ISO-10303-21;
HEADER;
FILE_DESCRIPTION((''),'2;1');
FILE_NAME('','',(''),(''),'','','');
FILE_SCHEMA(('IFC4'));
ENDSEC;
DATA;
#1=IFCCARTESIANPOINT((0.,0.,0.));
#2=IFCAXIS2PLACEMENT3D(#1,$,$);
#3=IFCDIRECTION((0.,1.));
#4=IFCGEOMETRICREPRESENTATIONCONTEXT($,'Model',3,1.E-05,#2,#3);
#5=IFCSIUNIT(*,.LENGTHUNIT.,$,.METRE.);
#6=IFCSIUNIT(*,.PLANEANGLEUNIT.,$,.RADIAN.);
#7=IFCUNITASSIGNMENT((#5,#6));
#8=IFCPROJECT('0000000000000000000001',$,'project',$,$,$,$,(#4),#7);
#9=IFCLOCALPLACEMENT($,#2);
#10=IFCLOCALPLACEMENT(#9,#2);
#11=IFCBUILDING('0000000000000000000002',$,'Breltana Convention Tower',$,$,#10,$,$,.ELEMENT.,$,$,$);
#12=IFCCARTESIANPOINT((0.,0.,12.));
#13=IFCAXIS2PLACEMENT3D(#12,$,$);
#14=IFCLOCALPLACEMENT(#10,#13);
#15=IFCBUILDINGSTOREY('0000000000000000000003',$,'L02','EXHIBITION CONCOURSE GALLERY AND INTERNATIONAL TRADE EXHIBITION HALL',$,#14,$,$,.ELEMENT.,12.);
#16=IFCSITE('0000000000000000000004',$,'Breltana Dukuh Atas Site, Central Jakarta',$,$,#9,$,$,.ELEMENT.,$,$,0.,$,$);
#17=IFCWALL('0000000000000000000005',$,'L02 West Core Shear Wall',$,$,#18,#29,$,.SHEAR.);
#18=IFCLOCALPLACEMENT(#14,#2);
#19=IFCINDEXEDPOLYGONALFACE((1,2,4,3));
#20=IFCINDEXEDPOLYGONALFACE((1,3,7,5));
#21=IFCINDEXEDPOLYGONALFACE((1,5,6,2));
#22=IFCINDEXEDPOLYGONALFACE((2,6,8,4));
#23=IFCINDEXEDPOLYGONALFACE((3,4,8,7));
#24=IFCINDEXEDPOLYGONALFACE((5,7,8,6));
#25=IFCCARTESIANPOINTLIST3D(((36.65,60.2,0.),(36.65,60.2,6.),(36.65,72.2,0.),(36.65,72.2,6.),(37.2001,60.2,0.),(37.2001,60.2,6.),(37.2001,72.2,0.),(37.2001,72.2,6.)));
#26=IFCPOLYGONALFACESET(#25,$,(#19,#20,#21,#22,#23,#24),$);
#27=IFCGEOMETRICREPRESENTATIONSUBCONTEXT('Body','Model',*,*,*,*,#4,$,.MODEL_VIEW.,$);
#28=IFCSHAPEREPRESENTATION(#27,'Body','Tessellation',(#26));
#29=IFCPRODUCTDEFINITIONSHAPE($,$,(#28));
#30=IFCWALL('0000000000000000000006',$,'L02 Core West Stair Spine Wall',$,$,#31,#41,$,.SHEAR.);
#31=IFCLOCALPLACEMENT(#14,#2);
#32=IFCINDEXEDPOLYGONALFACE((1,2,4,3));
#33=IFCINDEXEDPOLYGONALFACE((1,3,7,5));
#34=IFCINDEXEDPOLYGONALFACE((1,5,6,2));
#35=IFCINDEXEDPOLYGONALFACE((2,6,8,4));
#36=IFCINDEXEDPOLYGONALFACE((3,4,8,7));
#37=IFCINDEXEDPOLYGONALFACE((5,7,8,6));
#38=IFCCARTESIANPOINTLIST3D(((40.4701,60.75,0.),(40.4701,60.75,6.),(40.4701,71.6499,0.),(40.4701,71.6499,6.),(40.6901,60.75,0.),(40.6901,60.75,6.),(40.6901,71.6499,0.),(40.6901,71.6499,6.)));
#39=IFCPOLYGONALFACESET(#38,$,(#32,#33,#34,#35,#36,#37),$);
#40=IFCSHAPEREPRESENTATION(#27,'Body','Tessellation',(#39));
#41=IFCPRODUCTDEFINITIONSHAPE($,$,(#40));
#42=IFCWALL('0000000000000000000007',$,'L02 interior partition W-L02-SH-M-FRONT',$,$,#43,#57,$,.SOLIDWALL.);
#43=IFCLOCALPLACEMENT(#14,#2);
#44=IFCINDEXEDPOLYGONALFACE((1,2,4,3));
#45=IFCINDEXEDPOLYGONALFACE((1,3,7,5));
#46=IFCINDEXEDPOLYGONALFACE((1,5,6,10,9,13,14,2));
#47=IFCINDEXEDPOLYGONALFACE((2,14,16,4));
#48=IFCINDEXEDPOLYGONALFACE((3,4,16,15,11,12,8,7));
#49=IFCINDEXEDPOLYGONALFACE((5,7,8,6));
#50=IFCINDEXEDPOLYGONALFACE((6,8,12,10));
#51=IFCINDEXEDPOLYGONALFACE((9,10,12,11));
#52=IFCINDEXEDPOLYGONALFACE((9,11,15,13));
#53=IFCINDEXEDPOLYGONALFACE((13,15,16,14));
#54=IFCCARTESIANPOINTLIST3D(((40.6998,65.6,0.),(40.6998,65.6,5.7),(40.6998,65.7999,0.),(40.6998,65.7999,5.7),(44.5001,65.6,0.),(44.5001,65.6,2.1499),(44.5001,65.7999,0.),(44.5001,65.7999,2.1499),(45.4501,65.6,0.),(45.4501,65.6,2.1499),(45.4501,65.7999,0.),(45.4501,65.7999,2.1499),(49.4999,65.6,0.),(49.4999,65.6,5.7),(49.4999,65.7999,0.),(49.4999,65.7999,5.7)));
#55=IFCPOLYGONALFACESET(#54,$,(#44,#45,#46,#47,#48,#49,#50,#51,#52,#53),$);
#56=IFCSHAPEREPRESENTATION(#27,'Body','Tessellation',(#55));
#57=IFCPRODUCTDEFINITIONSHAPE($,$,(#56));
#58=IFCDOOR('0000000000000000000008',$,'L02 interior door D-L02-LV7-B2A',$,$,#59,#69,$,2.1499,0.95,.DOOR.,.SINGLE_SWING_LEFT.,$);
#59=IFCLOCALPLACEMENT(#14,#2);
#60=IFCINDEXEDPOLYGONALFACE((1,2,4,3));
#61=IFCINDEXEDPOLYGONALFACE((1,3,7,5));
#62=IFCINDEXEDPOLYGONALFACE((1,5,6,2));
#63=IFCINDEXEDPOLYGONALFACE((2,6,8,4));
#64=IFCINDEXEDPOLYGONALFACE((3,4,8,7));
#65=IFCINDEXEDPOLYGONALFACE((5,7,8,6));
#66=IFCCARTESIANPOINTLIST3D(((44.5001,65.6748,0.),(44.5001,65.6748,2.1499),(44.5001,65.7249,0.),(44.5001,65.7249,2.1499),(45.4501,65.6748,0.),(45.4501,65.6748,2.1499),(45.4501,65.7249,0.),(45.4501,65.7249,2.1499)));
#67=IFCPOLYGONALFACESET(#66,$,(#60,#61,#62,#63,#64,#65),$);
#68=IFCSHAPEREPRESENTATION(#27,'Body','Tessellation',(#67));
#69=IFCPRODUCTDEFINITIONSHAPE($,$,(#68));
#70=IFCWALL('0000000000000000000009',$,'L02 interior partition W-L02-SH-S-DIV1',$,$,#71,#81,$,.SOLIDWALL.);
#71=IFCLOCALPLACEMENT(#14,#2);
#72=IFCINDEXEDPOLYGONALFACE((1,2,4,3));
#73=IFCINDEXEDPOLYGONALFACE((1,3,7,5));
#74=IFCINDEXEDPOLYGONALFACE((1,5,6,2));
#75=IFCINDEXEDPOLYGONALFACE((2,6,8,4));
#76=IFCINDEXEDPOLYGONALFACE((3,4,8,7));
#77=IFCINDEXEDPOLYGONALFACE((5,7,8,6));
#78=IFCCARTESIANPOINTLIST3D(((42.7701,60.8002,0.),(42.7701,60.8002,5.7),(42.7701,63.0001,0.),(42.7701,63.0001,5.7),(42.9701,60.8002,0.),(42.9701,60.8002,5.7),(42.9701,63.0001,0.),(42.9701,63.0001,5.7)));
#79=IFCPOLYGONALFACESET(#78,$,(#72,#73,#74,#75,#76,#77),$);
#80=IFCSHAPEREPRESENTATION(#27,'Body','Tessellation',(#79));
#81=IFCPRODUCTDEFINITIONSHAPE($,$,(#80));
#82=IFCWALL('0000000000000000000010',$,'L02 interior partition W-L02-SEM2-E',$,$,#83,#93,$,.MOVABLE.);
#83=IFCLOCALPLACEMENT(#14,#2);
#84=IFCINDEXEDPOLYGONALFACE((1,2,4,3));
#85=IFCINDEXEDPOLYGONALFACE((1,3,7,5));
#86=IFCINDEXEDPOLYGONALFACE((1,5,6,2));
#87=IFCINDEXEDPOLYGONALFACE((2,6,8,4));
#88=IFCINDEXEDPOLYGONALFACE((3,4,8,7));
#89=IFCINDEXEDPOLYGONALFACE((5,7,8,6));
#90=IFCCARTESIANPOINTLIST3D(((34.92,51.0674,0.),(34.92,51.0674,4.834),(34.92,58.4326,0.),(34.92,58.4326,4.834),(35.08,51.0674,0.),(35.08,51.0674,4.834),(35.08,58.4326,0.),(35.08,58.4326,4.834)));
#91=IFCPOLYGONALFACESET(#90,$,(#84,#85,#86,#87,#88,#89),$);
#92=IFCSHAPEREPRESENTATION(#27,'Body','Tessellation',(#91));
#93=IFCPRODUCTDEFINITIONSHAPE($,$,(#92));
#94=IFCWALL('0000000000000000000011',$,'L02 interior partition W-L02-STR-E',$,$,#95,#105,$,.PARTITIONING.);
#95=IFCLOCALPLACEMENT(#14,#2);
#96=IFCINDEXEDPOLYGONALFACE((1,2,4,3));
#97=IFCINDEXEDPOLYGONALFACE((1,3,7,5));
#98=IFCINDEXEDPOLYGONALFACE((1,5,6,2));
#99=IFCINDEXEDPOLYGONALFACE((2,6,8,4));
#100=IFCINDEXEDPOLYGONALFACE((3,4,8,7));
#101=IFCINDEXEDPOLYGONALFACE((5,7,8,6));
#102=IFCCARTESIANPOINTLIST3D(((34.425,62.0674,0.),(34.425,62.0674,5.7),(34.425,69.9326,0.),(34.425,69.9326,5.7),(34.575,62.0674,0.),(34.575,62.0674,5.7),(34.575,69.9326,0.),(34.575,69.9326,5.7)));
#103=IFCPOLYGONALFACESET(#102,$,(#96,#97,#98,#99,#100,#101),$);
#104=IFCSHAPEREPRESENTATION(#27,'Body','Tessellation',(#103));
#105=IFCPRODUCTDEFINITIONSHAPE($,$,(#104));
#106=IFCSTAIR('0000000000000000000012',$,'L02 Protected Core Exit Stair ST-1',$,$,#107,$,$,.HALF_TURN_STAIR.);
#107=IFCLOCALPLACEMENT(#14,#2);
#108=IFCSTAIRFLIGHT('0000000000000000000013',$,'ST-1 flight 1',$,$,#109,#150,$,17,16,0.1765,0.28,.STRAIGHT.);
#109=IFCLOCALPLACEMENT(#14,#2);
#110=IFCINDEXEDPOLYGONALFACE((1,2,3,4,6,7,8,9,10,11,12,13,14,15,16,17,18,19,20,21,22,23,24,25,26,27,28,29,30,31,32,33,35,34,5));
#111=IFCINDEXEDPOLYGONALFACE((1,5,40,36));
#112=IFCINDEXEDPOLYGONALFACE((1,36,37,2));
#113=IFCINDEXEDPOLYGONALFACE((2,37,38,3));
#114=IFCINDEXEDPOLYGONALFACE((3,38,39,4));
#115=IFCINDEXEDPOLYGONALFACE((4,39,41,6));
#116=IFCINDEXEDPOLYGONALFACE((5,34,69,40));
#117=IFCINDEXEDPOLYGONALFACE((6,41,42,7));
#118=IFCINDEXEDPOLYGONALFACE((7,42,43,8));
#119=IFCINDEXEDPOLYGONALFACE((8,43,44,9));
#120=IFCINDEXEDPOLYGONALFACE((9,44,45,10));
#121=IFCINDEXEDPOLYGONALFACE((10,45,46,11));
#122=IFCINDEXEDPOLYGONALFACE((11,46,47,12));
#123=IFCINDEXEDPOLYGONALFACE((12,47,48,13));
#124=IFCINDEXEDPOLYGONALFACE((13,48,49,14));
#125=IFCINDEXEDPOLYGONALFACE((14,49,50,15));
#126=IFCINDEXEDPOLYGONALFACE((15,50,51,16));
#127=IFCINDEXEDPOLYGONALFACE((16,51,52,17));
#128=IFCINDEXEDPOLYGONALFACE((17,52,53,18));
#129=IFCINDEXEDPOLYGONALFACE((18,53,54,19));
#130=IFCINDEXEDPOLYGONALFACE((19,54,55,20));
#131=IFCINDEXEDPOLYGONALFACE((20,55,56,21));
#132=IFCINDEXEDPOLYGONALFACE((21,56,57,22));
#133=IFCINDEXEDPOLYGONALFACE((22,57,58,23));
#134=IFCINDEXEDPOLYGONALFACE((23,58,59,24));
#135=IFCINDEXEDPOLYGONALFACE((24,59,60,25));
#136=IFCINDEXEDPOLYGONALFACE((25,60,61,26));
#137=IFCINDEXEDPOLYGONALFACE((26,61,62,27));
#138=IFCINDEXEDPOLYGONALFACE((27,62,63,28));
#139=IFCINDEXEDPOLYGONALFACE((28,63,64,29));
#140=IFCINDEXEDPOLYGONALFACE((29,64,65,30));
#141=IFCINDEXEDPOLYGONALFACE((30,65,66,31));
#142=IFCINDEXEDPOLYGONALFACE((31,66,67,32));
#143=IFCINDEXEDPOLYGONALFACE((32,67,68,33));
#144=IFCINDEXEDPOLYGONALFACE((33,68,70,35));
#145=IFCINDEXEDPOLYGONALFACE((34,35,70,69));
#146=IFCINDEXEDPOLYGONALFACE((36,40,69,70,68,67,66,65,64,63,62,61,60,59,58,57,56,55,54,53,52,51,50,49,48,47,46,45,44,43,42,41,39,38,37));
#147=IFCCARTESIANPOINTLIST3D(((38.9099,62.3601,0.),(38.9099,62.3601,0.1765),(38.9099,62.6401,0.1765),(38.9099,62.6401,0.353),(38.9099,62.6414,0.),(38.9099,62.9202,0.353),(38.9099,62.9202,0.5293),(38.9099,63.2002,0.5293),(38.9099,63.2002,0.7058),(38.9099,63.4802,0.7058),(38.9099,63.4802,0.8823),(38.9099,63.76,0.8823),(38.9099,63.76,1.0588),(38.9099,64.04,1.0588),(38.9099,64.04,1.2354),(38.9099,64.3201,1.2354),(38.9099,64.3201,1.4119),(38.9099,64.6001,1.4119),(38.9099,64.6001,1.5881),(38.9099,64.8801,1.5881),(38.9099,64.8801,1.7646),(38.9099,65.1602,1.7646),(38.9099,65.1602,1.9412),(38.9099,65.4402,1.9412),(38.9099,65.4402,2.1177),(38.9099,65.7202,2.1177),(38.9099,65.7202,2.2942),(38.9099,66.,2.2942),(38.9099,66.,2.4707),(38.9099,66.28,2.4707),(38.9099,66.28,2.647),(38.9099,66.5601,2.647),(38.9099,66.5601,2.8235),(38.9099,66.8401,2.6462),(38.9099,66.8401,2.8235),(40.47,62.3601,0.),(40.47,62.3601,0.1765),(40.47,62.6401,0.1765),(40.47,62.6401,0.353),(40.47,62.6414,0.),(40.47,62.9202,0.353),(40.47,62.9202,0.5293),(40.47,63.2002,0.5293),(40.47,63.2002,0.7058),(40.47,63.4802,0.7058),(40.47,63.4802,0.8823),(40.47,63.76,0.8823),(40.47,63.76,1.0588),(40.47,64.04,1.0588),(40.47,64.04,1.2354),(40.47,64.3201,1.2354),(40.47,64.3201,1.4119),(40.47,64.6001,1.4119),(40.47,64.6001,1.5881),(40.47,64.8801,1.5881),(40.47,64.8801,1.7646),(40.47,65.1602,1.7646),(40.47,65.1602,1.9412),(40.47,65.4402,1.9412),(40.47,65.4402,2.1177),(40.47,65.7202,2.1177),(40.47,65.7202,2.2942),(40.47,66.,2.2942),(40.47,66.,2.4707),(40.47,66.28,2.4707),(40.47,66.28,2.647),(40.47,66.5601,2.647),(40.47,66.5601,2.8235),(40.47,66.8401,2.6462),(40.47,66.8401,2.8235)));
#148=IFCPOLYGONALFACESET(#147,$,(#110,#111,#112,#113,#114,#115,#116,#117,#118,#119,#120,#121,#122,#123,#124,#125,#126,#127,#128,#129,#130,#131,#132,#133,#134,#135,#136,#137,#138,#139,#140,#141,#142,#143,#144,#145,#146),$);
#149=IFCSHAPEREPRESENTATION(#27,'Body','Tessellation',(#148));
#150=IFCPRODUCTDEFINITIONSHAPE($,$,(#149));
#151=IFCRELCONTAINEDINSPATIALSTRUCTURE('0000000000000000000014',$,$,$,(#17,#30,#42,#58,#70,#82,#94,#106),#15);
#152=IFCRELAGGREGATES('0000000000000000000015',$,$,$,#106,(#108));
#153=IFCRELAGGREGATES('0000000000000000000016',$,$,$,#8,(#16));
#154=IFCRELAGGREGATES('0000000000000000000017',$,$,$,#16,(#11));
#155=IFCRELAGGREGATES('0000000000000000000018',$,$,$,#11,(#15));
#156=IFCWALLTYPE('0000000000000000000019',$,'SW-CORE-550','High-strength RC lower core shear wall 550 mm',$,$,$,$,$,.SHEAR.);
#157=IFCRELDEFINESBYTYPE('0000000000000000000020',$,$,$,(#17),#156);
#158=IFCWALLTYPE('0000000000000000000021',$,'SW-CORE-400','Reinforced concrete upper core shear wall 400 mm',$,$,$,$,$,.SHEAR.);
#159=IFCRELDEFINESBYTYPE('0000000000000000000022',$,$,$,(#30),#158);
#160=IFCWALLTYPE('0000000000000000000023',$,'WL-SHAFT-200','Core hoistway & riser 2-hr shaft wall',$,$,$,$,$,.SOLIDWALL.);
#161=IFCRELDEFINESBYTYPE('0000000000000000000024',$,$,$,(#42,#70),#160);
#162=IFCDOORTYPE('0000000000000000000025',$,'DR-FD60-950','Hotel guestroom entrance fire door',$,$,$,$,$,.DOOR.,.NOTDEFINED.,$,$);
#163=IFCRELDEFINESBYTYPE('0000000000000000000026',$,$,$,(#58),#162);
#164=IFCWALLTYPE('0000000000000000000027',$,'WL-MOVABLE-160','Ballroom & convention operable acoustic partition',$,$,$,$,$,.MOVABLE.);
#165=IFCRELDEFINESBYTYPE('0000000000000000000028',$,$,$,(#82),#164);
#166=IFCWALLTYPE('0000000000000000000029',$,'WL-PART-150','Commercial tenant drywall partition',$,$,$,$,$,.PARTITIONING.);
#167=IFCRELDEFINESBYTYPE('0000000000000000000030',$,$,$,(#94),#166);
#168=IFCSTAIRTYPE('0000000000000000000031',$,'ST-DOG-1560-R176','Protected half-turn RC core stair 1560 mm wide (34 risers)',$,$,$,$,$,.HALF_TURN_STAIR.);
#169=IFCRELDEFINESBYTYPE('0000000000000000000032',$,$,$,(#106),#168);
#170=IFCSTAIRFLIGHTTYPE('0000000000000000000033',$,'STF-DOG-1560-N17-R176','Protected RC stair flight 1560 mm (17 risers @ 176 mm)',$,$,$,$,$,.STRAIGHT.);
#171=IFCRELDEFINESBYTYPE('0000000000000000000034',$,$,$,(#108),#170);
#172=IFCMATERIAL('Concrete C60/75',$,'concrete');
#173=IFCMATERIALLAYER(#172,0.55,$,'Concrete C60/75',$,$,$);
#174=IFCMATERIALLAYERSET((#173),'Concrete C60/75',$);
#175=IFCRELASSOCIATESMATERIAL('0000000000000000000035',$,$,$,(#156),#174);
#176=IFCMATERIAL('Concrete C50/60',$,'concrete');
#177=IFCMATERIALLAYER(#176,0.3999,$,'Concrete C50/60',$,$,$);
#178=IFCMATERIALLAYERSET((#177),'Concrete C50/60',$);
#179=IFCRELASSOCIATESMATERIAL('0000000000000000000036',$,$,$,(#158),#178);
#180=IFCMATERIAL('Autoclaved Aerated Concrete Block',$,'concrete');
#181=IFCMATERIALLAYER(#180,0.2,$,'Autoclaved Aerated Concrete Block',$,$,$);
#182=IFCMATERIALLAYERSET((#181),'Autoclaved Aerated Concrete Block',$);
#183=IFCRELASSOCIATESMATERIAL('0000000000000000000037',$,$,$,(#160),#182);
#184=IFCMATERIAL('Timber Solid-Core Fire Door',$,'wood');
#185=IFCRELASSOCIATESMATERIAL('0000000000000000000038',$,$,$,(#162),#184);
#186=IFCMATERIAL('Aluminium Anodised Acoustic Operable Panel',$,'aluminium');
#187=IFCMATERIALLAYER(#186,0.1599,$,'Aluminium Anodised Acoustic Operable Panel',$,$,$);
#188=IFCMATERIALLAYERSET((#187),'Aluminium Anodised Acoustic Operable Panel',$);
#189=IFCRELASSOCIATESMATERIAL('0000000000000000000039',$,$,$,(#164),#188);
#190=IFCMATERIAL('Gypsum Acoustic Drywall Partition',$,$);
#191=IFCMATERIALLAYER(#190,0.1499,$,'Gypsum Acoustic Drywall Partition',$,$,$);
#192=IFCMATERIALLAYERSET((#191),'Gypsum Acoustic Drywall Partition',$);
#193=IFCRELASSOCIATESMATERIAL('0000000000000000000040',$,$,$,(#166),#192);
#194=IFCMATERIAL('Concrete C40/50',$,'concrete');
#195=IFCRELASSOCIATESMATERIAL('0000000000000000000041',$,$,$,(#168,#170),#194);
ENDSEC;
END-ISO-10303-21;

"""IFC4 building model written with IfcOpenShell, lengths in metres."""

from ifc_helpers import new_model, si_unit, direction, frame, frame_2d, origin, place, context, subcontext, project, spatial, polyline, rectangle, outline, extrude, source, transform, mapped, material, layer, layer_set, type_object, type_shapes, element, fill, aggregate, save


model = new_model("IFC4")

# Units and contexts
model_context = context("Model", 3, precision=1e-05, world=origin(), true_north=direction((0.0, 1.0)))
body_context = subcontext(model_context, "Body", "Model", "MODEL_VIEW")
ifc_project = project(units=[si_unit("LENGTHUNIT", "METRE"), si_unit("PLANEANGLEUNIT", "RADIAN")], contexts=[model_context])

# Site, building, storey
site_placement = place(None, origin())
site = spatial("IfcSite", under=ifc_project, at=site_placement, Name="Breltana Dukuh Atas Site, Central Jakarta", CompositionType="ELEMENT", RefElevation=0.0)
building_placement = place(site_placement, origin())
building = spatial("IfcBuilding", under=site, at=building_placement, Name="Breltana Convention Tower", CompositionType="ELEMENT")
storey_placement = place(building_placement, frame((0.0, 0.0, 12.0)))
storey = spatial("IfcBuildingStorey", under=building, at=storey_placement, Name="L02", Description="EXHIBITION CONCOURSE GALLERY AND INTERNATIONAL TRADE EXHIBITION HALL", CompositionType="ELEMENT", Elevation=12.0)

# Wall
ifc_material_1 = material(Name="Concrete C60/75", Category="concrete")
ifc_layer_1 = layer(ifc_material_1, 0.55, Name="Concrete C60/75")
ifc_layer_set_1 = layer_set([ifc_layer_1], Name="Concrete C60/75")
wall_type_1 = type_object("IfcWallType", Name="SW-CORE-550", Description="High-strength RC lower core shear wall 550 mm", PredefinedType="SHEAR", material=ifc_layer_set_1)
shared_shape_1 = source(origin(), body_context, "Body", "SweptSolid", [
    extrude(rectangle(XDim=12.0, YDim=0.55, at=frame_2d((6.0, 0.0))), origin(), (0.0, 0.0, 1.0), 6.0),
])
wall_1_placement = place(storey_placement, frame((36.925, 60.2, 0.0), z_axis=(0.0, 0.0, 1.0), x_axis=(0.0, 1.0, 0.0)))
element("IfcWall", 1, at=wall_1_placement, inside=storey, type_object=wall_type_1, Name="L02 West Core Shear Wall", PredefinedType="SHEAR", context=body_context, shape_type="MappedRepresentation", body=[
    mapped(shared_shape_1, transform((0.0, 0.0, 0.0), scale=1.0)),
])

# Wall
ifc_material_2 = material(Name="Concrete C50/60", Category="concrete")
ifc_layer_2 = layer(ifc_material_2, 0.3999, Name="Concrete C50/60")
ifc_layer_set_2 = layer_set([ifc_layer_2], Name="Concrete C50/60")
wall_type_2 = type_object("IfcWallType", Name="SW-CORE-400", Description="Reinforced concrete upper core shear wall 400 mm", PredefinedType="SHEAR", material=ifc_layer_set_2)
shared_shape_2 = source(origin(), body_context, "Body", "SweptSolid", [
    extrude(rectangle(XDim=10.8999, YDim=0.22, at=frame_2d((5.45, 0.0))), origin(), (0.0, 0.0, 1.0), 6.0),
])
wall_2_placement = place(storey_placement, frame((40.5801, 60.75, 0.0), z_axis=(0.0, 0.0, 1.0), x_axis=(0.0, 1.0, 0.0)))
element("IfcWall", 2, at=wall_2_placement, inside=storey, type_object=wall_type_2, Name="L02 Core West Stair Spine Wall", PredefinedType="SHEAR", context=body_context, shape_type="MappedRepresentation", body=[
    mapped(shared_shape_2, transform((0.0, 0.0, 0.0), scale=1.0)),
])

# Wall, opening, door
ifc_material_3 = material(Name="Autoclaved Aerated Concrete Block", Category="concrete")
ifc_layer_3 = layer(ifc_material_3, 0.2, Name="Autoclaved Aerated Concrete Block")
ifc_layer_set_3 = layer_set([ifc_layer_3], Name="Autoclaved Aerated Concrete Block")
wall_type_3 = type_object("IfcWallType", Name="WL-SHAFT-200", Description="Core hoistway & riser 2-hr shaft wall", PredefinedType="SOLIDWALL", material=ifc_layer_set_3)
shared_shape_3 = source(origin(), body_context, "Body", "SweptSolid", [
    extrude(rectangle(XDim=8.8, YDim=0.2, at=frame_2d((4.3999, 0.0))), origin(), (0.0, 0.0, 1.0), 5.7),
])
wall_3_placement = place(storey_placement, frame((40.7, 65.7, 0.0), z_axis=(0.0, 0.0, 1.0), x_axis=(1.0, 0.0, 0.0)))
wall_3 = element("IfcWall", 3, at=wall_3_placement, inside=storey, type_object=wall_type_3, Name="L02 interior partition W-L02-SH-M-FRONT", PredefinedType="SOLIDWALL", context=body_context, shape_type="MappedRepresentation", body=[
    mapped(shared_shape_3, transform((0.0, 0.0, 0.0), scale=1.0)),
])
opening_1_placement = place(wall_3_placement, frame((3.8, 0.0, 0.0)))
opening_1 = element("IfcOpeningElement", 4, at=opening_1_placement, cuts=wall_3, PredefinedType="OPENING", context=body_context, shape_type="SweptSolid", body=[
    extrude(rectangle(XDim=0.95, YDim=2.1499, at=frame_2d((0.4751, 1.075))), frame((0.0, 0.1099, 0.0), z_axis=(0.0, -1.0, 0.0), x_axis=(1.0, 0.0, 0.0)), (0.0, 0.0, 1.0), 0.22),
])
ifc_material_4 = material(Name="Timber Solid-Core Fire Door", Category="wood")
door_type_1 = type_object("IfcDoorType", Name="DR-FD60-950", Description="Hotel guestroom entrance fire door", OperationType="NOTDEFINED", PredefinedType="DOOR", material=ifc_material_4)
shared_shape_4 = source(origin(), body_context, "Body", "SweptSolid", [
    extrude(rectangle(XDim=0.95, YDim=2.1499, at=frame_2d((0.4751, 1.075))), frame((0.0, 0.0249, 0.0), z_axis=(0.0, -1.0, 0.0), x_axis=(1.0, 0.0, 0.0)), (0.0, 0.0, 1.0), 0.05),
])
type_shapes(door_type_1, [shared_shape_4])
door_1_placement = place(opening_1_placement, origin())
door_1 = element("IfcDoor", 5, at=door_1_placement, inside=storey, type_object=door_type_1, Name="L02 interior door D-L02-LV7-B2A", OperationType="SINGLE_SWING_LEFT", OverallHeight=2.1499, OverallWidth=0.95, PredefinedType="DOOR", context=body_context, shape_type="MappedRepresentation", body=[
    mapped(shared_shape_4, transform((0.0, 0.0, 0.0), scale=1.0)),
])
fill(opening_1, door_1)

# Walls
shared_shape_5 = source(origin(), body_context, "Body", "SweptSolid", [
    extrude(rectangle(XDim=2.2, YDim=0.2, at=frame_2d((1.1001, 0.0))), origin(), (0.0, 0.0, 1.0), 5.7),
])
wall_4_placement = place(storey_placement, frame((42.8701, 60.8, 0.0), z_axis=(0.0, 0.0, 1.0), x_axis=(0.0, 1.0, 0.0)))
element("IfcWall", 6, at=wall_4_placement, inside=storey, type_object=wall_type_3, Name="L02 interior partition W-L02-SH-S-DIV1", PredefinedType="SOLIDWALL", context=body_context, shape_type="MappedRepresentation", body=[
    mapped(shared_shape_5, transform((0.0, 0.0, 0.0), scale=1.0)),
])
ifc_material_5 = material(Name="Aluminium Anodised Acoustic Operable Panel", Category="aluminium")
ifc_layer_4 = layer(ifc_material_5, 0.1599, Name="Aluminium Anodised Acoustic Operable Panel")
ifc_layer_set_4 = layer_set([ifc_layer_4], Name="Aluminium Anodised Acoustic Operable Panel")
wall_type_4 = type_object("IfcWallType", Name="WL-MOVABLE-160", Description="Ballroom & convention operable acoustic partition", PredefinedType="MOVABLE", material=ifc_layer_set_4)
shared_shape_6 = source(origin(), body_context, "Body", "SweptSolid", [
    extrude(rectangle(XDim=7.3652, YDim=0.1599, at=frame_2d((3.6826, 0.0))), origin(), (0.0, 0.0, 1.0), 4.834),
])
wall_5_placement = place(storey_placement, frame((35.0, 51.0674, 0.0), z_axis=(0.0, 0.0, 1.0), x_axis=(0.0, 1.0, 0.0)))
element("IfcWall", 7, at=wall_5_placement, inside=storey, type_object=wall_type_4, Name="L02 interior partition W-L02-SEM2-E", PredefinedType="MOVABLE", context=body_context, shape_type="MappedRepresentation", body=[
    mapped(shared_shape_6, transform((0.0, 0.0, 0.0), scale=1.0)),
])
ifc_material_6 = material(Name="Gypsum Acoustic Drywall Partition")
ifc_layer_5 = layer(ifc_material_6, 0.1499, Name="Gypsum Acoustic Drywall Partition")
ifc_layer_set_5 = layer_set([ifc_layer_5], Name="Gypsum Acoustic Drywall Partition")
wall_type_5 = type_object("IfcWallType", Name="WL-PART-150", Description="Commercial tenant drywall partition", PredefinedType="PARTITIONING", material=ifc_layer_set_5)
shared_shape_7 = source(origin(), body_context, "Body", "SweptSolid", [
    extrude(rectangle(XDim=7.8652, YDim=0.1499, at=frame_2d((3.9326, 0.0))), origin(), (0.0, 0.0, 1.0), 5.7),
])
wall_6_placement = place(storey_placement, frame((34.5, 62.0674, 0.0), z_axis=(0.0, 0.0, 1.0), x_axis=(0.0, 1.0, 0.0)))
element("IfcWall", 8, at=wall_6_placement, inside=storey, type_object=wall_type_5, Name="L02 interior partition W-L02-STR-E", PredefinedType="PARTITIONING", context=body_context, shape_type="MappedRepresentation", body=[
    mapped(shared_shape_7, transform((0.0, 0.0, 0.0), scale=1.0)),
])

# Stair, stair flight
ifc_material_7 = material(Name="Concrete C40/50", Category="concrete")
stair_type = type_object("IfcStairType", Name="ST-DOG-1560-R176", Description="Protected half-turn RC core stair 1560 mm wide (34 risers)", PredefinedType="HALF_TURN_STAIR", material=ifc_material_7)
stair_placement = place(storey_placement, origin())
stair = element("IfcStair", 9, at=stair_placement, inside=storey, type_object=stair_type, Name="L02 Protected Core Exit Stair ST-1", PredefinedType="HALF_TURN_STAIR")
stair_flight_type = type_object("IfcStairFlightType", Name="STF-DOG-1560-N17-R176", Description="Protected RC stair flight 1560 mm (17 risers @ 176 mm)", PredefinedType="STRAIGHT", material=ifc_material_7)
stair_flight_placement = place(storey_placement, frame((39.6899, 62.3601, 0.0), z_axis=(0.0, 0.0, 1.0), x_axis=(0.0, 1.0, 0.0)))
stair_flight = element("IfcStairFlight", 10, at=stair_flight_placement, type_object=stair_flight_type, Name="ST-1 flight 1", NumberOfRisers=17, NumberOfTreads=16, PredefinedType="STRAIGHT", RiserHeight=0.1765, TreadLength=0.28, context=body_context, shape_type="SweptSolid", body=[
    extrude(outline(polyline([(0.0, 0.0), (0.0, 0.1765), (0.28, 0.1765), (0.28, 0.353), (0.5601, 0.353), (0.5601, 0.5293), (0.8401, 0.5293), (0.8401, 0.7058), (1.1201, 0.7058), (1.1201, 0.8823), (1.3999, 0.8823), (1.3999, 1.0588), (1.6799, 1.0588), (1.6799, 1.2354), (1.96, 1.2354), (1.96, 1.4119), (2.24, 1.4119), (2.24, 1.5881), (2.52, 1.5881), (2.52, 1.7646), (2.8, 1.7646), (2.8, 1.9412), (3.0801, 1.9412), (3.0801, 2.1177), (3.3601, 2.1177), (3.3601, 2.2942), (3.6399, 2.2942), (3.6399, 2.4707), (3.9199, 2.4707), (3.9199, 2.647), (4.2, 2.647), (4.2, 2.8235), (4.48, 2.8235), (4.48, 3.0), (4.48, 2.6462), (0.2812, 0.0), (0.0, 0.0)])), frame((0.0, 0.78, 0.0), z_axis=(0.0, -1.0, 0.0), x_axis=(1.0, 0.0, 0.0)), (0.0, 0.0, 1.0), 1.5601),
])
aggregate(stair, [stair_flight])

save(model, "model.ifc")
